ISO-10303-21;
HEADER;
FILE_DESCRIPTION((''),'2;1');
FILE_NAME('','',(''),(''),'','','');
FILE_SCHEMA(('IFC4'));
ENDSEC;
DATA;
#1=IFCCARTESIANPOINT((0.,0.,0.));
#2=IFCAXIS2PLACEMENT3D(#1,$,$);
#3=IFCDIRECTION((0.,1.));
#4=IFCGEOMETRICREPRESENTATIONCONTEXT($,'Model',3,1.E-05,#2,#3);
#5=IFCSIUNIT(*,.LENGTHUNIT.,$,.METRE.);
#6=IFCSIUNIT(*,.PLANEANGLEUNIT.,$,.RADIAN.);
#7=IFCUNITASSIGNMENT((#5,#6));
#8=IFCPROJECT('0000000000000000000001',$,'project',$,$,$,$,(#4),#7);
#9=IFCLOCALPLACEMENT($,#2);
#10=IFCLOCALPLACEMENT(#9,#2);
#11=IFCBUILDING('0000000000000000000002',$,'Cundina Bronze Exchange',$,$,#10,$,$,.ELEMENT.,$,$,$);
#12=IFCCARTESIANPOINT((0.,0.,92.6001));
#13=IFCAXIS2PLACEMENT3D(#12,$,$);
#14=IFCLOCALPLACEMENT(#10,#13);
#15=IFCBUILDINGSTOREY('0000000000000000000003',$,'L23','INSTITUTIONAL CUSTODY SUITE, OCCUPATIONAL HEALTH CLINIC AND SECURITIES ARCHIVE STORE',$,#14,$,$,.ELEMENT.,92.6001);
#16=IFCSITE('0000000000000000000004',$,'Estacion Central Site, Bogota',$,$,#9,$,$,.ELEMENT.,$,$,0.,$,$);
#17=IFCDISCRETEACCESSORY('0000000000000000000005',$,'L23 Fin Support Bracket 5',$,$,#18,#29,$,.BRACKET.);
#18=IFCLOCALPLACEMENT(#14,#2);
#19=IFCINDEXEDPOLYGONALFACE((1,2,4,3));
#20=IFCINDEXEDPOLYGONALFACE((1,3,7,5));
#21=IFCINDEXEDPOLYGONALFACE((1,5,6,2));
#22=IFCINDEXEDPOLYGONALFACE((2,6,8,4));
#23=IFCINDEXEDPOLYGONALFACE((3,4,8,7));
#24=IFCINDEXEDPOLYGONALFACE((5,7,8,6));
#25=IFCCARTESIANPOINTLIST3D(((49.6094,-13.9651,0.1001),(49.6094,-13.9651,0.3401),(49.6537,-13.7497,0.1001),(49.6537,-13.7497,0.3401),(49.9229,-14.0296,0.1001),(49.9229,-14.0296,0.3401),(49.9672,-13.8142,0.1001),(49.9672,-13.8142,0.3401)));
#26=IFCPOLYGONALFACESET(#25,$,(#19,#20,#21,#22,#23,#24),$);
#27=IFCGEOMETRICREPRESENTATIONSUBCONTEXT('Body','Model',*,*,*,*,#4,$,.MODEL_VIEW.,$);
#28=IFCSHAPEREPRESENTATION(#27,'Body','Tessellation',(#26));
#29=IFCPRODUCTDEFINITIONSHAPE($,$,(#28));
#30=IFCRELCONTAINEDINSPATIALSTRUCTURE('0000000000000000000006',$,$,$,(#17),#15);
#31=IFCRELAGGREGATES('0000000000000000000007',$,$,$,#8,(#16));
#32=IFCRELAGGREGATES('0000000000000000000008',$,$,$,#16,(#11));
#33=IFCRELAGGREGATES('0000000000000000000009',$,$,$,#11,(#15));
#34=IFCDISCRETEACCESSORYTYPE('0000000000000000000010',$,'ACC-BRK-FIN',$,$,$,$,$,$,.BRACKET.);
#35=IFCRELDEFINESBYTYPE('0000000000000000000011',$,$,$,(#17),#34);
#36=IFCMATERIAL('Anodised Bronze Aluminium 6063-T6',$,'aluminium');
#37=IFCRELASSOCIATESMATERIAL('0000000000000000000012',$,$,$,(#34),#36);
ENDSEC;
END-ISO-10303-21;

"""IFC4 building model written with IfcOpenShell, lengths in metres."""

from ifc_helpers import new_model, si_unit, direction, frame, origin, origin_2d, place, context, subcontext, project, spatial, rectangle, extrude, material, type_object, element, save


model = new_model("IFC4")

# Units and contexts
model_context = context("Model", 3, precision=1e-05, world=origin(), true_north=direction((0.0, 1.0)))
body_context = subcontext(model_context, "Body", "Model", "MODEL_VIEW")
ifc_project = project(units=[si_unit("LENGTHUNIT", "METRE"), si_unit("PLANEANGLEUNIT", "RADIAN")], contexts=[model_context])

# Site, building, storey
site_placement = place(None, origin())
site = spatial("IfcSite", under=ifc_project, at=site_placement, Name="Estacion Central Site, Bogota", CompositionType="ELEMENT", RefElevation=0.0)
building_placement = place(site_placement, origin())
building = spatial("IfcBuilding", under=site, at=building_placement, Name="Cundina Bronze Exchange", CompositionType="ELEMENT")
storey_placement = place(building_placement, frame((0.0, 0.0, 92.6001)))
storey = spatial("IfcBuildingStorey", under=building, at=storey_placement, Name="L23", Description="INSTITUTIONAL CUSTODY SUITE, OCCUPATIONAL HEALTH CLINIC AND SECURITIES ARCHIVE STORE", CompositionType="ELEMENT", Elevation=92.6001)

# Shared definitions
ifc_material_1 = material(Name="Anodised Bronze Aluminium 6063-T6", Category="aluminium")

# Discrete accessory
discrete_accessory_type = type_object("IfcDiscreteAccessoryType", Name="ACC-BRK-FIN", PredefinedType="BRACKET", material=ifc_material_1)
for number, where, z_axis, x_axis, name in (
    (1, (49.7883, -13.8896, 0.1001), (0.0, 0.0, 1.0), (0.20142, 0.979505, 0.0), "L23 Fin Support Bracket 5"),
):
    element("IfcDiscreteAccessory", number, at=place(storey_placement, frame(where, z_axis=z_axis, x_axis=x_axis)), inside=storey, type_object=discrete_accessory_type, Name=name, PredefinedType="BRACKET", context=body_context, shape_type="SweptSolid", body=[
        extrude(rectangle(XDim=0.22, YDim=0.3201, at=origin_2d()), origin(), (0.0, 0.0, 1.0), 0.24),
    ])

save(model, "model.ifc")
